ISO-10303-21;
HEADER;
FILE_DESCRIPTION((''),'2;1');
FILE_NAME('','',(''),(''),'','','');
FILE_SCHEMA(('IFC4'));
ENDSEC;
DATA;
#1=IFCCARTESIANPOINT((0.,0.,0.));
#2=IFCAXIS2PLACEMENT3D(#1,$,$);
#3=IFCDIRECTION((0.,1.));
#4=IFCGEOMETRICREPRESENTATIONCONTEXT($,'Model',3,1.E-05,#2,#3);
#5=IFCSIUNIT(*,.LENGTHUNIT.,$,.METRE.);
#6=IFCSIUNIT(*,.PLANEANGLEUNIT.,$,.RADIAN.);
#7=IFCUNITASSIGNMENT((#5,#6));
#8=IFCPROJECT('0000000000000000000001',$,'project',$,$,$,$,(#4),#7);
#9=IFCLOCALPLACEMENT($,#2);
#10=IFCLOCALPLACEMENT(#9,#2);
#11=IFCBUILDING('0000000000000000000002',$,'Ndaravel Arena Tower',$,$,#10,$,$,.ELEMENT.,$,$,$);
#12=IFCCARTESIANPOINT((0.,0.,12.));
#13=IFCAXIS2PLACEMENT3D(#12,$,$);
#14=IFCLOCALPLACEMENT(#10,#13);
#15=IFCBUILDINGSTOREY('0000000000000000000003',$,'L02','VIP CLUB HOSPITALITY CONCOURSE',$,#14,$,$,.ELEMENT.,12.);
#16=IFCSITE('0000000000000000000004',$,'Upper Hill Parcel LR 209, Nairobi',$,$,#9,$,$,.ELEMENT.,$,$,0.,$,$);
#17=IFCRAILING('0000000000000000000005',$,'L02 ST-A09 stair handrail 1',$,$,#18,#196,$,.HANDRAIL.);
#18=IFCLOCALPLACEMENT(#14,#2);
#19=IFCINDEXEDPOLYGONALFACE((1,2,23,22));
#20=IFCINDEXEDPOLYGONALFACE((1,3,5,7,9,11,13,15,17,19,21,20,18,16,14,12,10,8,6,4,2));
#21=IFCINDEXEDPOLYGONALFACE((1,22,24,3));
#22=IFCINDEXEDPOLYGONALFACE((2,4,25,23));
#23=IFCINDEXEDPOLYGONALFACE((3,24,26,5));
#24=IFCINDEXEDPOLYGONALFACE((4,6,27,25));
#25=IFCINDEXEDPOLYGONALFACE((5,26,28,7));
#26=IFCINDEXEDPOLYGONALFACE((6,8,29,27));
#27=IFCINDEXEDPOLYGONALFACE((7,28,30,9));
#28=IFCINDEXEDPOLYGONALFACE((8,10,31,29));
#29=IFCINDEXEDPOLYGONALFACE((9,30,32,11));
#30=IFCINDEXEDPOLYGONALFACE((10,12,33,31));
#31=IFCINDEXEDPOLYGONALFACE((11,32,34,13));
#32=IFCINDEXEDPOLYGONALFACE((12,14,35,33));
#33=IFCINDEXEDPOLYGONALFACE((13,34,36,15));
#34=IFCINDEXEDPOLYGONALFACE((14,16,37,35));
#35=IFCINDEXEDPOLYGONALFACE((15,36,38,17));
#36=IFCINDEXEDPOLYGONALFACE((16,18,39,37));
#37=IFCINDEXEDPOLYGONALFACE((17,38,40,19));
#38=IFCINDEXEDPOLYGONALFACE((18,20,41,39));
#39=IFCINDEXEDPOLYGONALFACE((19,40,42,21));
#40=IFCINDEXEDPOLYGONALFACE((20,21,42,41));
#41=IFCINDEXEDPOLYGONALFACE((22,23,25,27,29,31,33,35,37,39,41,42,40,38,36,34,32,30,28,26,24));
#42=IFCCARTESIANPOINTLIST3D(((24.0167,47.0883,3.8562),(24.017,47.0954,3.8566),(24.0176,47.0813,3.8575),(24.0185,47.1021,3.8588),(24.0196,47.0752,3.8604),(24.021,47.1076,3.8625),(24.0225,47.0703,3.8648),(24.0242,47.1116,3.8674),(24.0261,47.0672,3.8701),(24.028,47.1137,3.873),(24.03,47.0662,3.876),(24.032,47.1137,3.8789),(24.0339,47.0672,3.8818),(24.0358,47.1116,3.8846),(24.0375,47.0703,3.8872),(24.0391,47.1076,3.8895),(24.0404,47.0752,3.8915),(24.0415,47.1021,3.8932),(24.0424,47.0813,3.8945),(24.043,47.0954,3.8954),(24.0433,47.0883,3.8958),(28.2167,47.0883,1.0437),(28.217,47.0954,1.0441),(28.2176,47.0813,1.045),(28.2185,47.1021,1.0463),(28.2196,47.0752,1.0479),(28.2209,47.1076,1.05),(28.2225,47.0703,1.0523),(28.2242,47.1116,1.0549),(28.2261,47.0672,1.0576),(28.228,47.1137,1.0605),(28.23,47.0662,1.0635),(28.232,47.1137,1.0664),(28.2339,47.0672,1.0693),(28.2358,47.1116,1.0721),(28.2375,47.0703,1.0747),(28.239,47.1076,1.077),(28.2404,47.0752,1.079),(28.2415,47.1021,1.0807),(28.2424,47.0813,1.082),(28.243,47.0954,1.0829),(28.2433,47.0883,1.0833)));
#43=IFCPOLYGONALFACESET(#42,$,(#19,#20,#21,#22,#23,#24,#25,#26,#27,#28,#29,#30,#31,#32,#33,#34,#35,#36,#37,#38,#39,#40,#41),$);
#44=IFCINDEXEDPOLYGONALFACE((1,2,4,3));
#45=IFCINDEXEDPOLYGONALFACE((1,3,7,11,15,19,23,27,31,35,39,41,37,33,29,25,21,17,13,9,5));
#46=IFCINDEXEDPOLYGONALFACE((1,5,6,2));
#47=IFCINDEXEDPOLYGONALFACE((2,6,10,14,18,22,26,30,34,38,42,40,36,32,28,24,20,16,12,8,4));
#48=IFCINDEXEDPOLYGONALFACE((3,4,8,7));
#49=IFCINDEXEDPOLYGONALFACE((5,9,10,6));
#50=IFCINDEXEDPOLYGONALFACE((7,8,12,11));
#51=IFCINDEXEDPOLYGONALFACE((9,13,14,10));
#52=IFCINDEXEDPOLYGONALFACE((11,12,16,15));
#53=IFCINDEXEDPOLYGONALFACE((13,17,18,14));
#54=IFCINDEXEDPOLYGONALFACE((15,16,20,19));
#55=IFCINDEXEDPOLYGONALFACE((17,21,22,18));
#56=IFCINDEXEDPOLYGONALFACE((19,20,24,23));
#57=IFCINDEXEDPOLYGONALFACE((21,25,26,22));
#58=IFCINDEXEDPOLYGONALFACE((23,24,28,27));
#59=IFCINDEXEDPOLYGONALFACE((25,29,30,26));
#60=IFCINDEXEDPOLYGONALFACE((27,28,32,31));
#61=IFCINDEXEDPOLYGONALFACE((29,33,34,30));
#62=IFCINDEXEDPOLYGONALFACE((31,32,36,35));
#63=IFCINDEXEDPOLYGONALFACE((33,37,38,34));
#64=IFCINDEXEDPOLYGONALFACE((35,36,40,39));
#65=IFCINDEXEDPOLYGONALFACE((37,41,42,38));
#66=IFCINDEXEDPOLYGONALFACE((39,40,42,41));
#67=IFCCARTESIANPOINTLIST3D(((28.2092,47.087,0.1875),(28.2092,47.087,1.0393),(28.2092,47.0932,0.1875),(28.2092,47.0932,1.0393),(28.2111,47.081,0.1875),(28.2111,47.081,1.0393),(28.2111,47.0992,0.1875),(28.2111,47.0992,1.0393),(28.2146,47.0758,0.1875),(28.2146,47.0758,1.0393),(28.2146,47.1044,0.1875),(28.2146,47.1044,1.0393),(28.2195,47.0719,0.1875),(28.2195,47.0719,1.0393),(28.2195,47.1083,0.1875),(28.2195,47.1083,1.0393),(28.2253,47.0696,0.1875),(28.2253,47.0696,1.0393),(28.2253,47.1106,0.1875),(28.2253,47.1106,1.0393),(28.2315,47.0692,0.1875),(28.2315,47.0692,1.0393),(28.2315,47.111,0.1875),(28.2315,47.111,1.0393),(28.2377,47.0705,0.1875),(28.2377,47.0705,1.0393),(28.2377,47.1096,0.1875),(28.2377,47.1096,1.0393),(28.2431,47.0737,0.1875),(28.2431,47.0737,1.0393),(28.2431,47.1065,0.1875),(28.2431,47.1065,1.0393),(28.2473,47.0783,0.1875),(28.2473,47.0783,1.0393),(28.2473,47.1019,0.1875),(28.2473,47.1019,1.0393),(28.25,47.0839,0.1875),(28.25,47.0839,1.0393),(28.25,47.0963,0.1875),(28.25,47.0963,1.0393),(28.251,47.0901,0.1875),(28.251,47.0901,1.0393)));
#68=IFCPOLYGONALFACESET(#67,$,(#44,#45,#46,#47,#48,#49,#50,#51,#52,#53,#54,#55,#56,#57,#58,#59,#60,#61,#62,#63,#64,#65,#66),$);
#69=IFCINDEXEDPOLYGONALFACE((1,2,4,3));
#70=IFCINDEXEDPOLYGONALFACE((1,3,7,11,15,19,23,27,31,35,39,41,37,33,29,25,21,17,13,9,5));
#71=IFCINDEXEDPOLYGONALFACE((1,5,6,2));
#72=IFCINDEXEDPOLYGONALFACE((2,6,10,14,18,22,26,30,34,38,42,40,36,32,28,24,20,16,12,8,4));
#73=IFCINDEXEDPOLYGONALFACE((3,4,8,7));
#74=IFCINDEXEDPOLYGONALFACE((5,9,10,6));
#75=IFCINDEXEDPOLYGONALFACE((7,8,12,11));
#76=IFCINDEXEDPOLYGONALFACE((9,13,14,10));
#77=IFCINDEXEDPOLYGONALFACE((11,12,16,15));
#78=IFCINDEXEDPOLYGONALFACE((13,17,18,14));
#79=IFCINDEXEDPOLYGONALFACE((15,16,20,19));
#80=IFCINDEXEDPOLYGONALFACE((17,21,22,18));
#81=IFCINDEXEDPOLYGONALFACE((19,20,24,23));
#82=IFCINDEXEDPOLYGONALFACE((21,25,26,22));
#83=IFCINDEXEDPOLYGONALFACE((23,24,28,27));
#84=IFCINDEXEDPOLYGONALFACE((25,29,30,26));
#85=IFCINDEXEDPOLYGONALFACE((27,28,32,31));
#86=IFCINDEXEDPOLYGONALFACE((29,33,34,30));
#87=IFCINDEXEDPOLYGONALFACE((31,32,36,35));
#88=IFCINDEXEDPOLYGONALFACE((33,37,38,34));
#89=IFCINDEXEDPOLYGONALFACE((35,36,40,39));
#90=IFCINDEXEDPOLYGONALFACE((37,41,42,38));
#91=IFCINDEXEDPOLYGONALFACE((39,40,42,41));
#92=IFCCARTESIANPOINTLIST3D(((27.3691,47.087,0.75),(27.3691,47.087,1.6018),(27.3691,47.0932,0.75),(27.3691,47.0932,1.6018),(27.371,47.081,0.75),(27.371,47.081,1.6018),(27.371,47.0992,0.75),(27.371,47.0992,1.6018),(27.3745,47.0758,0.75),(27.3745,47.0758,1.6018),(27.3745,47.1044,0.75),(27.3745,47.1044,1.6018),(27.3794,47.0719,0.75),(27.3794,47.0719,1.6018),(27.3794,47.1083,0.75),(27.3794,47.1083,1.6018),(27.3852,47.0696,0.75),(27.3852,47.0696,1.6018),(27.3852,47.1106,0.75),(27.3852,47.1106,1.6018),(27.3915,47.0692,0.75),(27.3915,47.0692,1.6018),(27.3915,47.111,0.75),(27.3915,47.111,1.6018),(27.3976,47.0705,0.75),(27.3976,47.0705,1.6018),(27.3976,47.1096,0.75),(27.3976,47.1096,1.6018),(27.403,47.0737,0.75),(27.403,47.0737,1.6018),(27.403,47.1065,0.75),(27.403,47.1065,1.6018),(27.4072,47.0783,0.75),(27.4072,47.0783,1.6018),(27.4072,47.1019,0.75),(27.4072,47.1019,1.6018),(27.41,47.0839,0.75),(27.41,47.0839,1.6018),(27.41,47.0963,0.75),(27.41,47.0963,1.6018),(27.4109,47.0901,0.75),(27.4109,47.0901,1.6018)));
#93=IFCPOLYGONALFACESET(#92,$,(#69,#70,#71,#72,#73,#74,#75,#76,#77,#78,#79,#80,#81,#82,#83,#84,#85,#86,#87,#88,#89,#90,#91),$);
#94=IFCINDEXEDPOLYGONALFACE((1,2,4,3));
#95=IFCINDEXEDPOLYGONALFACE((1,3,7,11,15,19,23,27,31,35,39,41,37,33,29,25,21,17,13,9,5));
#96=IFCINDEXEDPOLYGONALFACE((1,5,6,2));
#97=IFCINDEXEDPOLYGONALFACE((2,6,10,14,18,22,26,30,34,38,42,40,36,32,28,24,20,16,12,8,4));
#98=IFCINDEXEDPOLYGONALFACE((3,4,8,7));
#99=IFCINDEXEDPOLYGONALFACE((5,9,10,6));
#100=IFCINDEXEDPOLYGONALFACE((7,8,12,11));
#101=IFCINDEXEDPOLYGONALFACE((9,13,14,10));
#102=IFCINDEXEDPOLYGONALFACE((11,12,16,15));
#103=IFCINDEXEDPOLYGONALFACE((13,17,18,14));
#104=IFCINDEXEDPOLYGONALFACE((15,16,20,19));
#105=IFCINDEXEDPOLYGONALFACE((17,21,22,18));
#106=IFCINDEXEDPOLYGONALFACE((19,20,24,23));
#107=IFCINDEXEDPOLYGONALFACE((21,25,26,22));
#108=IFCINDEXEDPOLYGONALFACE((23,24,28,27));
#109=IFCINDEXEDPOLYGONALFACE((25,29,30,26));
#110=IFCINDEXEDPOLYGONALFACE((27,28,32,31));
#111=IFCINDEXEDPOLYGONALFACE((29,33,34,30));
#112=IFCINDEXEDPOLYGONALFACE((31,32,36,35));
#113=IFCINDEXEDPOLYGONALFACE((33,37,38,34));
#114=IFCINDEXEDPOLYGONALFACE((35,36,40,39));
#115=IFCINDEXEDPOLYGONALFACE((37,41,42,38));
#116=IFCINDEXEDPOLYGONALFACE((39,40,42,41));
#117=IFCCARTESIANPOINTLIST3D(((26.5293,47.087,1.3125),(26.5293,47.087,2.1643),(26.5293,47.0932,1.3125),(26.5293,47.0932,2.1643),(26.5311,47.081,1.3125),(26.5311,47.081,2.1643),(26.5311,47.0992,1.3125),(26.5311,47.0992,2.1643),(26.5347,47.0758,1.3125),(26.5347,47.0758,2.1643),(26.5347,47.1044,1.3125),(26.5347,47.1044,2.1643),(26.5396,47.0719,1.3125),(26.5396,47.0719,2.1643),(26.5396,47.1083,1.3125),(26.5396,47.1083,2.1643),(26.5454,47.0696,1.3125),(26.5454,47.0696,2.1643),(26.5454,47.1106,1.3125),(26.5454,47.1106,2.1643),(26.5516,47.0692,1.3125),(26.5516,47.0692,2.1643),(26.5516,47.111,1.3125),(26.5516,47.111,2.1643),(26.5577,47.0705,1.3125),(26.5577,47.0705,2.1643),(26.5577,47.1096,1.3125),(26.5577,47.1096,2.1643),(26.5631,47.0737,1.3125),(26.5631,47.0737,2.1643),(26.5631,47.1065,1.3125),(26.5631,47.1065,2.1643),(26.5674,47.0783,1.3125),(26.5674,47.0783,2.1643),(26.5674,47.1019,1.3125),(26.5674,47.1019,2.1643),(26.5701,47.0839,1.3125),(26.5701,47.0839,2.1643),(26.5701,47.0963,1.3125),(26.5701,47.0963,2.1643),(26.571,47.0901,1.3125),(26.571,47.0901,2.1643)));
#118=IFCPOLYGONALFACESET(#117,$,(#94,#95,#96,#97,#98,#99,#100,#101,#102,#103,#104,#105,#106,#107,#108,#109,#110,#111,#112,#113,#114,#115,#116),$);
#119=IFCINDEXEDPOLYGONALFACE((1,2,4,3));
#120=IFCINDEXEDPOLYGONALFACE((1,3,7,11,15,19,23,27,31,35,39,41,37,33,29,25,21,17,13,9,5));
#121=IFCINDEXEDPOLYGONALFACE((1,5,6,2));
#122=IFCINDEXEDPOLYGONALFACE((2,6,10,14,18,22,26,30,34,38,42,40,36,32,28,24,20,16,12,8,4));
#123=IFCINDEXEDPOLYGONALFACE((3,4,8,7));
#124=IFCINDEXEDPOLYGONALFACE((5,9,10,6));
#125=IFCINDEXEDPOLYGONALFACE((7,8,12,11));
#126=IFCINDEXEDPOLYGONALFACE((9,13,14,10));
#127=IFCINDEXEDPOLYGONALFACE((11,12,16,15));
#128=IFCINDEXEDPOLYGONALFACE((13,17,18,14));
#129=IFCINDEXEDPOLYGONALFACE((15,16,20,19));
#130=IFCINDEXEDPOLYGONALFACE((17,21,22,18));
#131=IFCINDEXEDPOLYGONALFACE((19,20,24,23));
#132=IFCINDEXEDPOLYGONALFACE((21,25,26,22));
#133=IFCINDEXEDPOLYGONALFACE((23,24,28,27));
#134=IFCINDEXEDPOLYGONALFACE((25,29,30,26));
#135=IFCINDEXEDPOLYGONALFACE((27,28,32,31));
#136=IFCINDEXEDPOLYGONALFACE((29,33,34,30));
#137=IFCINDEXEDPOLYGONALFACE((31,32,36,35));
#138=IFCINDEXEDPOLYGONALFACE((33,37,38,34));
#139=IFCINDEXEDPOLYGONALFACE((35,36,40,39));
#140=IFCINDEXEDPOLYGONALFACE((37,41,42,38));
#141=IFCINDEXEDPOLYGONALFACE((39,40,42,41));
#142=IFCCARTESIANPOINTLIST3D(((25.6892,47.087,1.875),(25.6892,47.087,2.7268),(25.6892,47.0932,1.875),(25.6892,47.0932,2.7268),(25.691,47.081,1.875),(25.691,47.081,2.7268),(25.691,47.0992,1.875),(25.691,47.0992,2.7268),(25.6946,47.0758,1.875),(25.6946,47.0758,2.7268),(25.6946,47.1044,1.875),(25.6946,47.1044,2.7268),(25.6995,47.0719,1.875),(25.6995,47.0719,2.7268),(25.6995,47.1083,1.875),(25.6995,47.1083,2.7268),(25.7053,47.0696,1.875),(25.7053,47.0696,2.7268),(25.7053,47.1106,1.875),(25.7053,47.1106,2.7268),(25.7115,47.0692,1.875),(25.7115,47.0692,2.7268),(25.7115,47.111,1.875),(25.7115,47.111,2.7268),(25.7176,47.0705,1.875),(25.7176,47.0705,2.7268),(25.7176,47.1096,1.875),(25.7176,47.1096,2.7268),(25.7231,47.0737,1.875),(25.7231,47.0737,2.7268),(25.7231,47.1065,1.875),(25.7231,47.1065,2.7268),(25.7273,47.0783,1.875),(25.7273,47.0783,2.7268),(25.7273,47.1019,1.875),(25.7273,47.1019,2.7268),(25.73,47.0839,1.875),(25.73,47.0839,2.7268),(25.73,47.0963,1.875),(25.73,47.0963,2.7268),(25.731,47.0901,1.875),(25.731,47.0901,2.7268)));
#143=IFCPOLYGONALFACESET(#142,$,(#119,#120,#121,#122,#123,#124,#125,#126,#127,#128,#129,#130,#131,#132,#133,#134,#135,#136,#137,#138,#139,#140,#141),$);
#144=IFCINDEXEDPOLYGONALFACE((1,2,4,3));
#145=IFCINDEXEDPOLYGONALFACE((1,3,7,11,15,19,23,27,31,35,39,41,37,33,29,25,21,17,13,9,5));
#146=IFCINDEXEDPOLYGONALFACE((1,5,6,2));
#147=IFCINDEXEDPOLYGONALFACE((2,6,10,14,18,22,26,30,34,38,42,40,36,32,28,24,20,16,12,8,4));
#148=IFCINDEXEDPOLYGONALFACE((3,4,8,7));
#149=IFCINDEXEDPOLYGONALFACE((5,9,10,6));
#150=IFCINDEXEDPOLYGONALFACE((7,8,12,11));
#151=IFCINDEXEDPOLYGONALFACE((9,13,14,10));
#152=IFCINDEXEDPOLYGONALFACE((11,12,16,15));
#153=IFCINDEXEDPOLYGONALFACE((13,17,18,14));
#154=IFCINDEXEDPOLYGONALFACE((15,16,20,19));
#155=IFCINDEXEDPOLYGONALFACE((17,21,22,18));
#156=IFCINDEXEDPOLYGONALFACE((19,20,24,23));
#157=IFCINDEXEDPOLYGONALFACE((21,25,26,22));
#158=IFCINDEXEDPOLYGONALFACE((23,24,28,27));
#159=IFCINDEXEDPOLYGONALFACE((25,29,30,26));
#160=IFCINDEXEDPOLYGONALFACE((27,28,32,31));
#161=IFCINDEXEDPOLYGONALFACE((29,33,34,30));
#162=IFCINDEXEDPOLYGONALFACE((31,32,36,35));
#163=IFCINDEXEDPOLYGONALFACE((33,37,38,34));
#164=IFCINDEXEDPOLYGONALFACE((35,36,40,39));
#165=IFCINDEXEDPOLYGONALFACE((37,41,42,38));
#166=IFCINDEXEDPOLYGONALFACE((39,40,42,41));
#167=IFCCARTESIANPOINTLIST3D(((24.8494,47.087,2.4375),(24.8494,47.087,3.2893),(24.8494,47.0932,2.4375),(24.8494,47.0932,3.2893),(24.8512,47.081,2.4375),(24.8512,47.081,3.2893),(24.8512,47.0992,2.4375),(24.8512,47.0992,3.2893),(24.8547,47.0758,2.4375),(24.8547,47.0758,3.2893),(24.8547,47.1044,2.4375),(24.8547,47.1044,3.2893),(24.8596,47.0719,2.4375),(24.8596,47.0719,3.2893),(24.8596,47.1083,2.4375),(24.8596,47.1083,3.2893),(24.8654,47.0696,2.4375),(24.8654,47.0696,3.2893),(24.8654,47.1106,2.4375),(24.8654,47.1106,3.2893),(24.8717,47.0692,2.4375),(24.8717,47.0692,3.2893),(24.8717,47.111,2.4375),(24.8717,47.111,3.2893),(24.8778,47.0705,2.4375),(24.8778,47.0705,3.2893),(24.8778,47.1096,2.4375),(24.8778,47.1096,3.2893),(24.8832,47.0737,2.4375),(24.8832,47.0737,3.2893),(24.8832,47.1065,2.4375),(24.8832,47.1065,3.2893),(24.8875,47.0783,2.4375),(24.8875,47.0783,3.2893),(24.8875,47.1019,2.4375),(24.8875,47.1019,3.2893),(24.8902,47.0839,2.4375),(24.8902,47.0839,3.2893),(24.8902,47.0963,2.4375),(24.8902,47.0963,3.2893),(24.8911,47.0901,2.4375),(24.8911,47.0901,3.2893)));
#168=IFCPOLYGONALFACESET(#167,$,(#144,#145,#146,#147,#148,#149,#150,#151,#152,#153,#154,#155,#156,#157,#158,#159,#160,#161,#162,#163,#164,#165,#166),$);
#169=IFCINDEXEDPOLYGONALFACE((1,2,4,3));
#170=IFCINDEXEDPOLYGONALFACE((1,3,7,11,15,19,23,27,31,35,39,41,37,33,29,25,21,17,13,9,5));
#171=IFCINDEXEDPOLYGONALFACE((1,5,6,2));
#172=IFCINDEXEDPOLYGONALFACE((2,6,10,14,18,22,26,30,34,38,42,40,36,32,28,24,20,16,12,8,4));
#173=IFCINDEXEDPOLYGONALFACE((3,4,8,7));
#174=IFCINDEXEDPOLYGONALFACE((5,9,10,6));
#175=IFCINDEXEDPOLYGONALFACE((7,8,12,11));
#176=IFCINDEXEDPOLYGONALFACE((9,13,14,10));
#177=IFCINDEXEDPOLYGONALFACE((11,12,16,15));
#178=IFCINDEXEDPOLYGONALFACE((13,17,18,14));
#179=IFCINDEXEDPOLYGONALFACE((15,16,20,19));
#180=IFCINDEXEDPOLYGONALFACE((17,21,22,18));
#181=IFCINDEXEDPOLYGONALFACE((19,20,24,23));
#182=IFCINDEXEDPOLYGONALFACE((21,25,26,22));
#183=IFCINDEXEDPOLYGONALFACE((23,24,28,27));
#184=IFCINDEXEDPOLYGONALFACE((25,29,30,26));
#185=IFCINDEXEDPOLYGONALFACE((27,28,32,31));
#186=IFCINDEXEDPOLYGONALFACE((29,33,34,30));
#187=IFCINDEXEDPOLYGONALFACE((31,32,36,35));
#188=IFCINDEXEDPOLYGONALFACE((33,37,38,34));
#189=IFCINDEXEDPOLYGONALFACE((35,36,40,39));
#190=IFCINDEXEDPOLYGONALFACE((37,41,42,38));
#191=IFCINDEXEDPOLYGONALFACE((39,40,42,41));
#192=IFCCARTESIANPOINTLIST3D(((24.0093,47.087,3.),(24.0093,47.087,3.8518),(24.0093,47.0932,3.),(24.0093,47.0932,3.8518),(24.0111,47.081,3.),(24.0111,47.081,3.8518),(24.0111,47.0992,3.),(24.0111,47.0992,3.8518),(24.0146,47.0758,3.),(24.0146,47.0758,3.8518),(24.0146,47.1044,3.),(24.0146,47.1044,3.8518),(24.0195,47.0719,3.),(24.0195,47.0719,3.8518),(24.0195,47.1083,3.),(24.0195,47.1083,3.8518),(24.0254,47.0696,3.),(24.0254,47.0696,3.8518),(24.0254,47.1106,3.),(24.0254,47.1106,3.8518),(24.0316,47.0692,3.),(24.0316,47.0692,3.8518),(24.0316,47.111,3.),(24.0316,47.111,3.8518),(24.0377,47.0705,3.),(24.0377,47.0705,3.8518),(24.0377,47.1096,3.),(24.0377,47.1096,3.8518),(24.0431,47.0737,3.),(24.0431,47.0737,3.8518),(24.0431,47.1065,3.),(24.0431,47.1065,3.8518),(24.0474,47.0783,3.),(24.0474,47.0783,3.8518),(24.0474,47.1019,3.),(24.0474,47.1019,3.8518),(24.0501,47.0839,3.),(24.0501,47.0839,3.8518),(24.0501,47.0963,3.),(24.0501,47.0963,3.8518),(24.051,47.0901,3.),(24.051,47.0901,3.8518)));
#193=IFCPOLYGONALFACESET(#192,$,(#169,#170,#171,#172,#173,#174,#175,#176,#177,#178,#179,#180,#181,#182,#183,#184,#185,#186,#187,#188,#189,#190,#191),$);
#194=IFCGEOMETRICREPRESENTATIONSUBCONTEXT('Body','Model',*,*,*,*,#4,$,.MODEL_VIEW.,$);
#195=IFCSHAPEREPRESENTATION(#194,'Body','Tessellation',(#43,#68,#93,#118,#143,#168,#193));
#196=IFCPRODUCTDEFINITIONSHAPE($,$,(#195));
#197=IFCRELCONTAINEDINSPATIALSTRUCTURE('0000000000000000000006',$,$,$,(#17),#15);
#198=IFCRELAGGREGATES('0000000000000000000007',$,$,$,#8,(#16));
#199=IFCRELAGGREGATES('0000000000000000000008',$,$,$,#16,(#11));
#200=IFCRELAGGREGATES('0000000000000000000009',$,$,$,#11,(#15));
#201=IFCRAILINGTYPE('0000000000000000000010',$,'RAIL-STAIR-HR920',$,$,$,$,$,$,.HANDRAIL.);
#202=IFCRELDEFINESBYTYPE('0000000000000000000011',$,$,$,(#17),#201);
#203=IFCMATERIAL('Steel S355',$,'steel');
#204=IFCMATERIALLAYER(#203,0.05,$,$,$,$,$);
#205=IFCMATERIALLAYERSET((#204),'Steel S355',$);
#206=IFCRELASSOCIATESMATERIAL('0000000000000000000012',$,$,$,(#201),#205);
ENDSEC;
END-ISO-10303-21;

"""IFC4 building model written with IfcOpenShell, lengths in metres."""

from ifc_helpers import new_model, si_unit, direction, frame, origin, origin_2d, place, context, subcontext, project, spatial, circle, extrude, material, layer, layer_set, type_object, element, save


model = new_model("IFC4")

# Units and contexts
model_context = context("Model", 3, precision=1e-05, world=origin(), true_north=direction((0.0, 1.0)))
body_context = subcontext(model_context, "Body", "Model", "MODEL_VIEW")
ifc_project = project(units=[si_unit("LENGTHUNIT", "METRE"), si_unit("PLANEANGLEUNIT", "RADIAN")], contexts=[model_context])

# Site, building, storey
site_placement = place(None, origin())
site = spatial("IfcSite", under=ifc_project, at=site_placement, Name="Upper Hill Parcel LR 209, Nairobi", CompositionType="ELEMENT", RefElevation=0.0)
building_placement = place(site_placement, origin())
building = spatial("IfcBuilding", under=site, at=building_placement, Name="Ndaravel Arena Tower", CompositionType="ELEMENT")
storey_placement = place(building_placement, frame((0.0, 0.0, 12.0)))
storey = spatial("IfcBuildingStorey", under=building, at=storey_placement, Name="L02", Description="VIP CLUB HOSPITALITY CONCOURSE", CompositionType="ELEMENT", Elevation=12.0)

# Railing
ifc_material_1 = material(Name="Steel S355", Category="steel")
ifc_layer_1 = layer(ifc_material_1, 0.05)
ifc_layer_set_1 = layer_set([ifc_layer_1], Name="Steel S355")
railing_type_1 = type_object("IfcRailingType", Name="RAIL-STAIR-HR920", PredefinedType="HANDRAIL", material=ifc_layer_set_1)
railing_1_placement = place(storey_placement, frame((28.23, 47.0901, 0.1875)))
element("IfcRailing", 1, at=railing_1_placement, inside=storey, type_object=railing_type_1, Name="L02 ST-A09 stair handrail 1", PredefinedType="HANDRAIL", context=body_context, shape_type="SweptSolid", body=[
    extrude(circle(Radius=0.0239, at=origin_2d()), frame((0.0, 0.0, 0.876), z_axis=(-0.830904, 0.0, 0.556416), x_axis=(0.0, -1.0, 0.0)), (0.0, 0.0, 1.0), 5.0547),
    extrude(circle(Radius=0.021, at=origin_2d()), origin(), (0.0, 0.0, 1.0), 0.8518),
    extrude(circle(Radius=0.021, at=origin_2d()), frame((-0.8401, 0.0, 0.5625)), (0.0, 0.0, 1.0), 0.8518),
    extrude(circle(Radius=0.021, at=origin_2d()), frame((-1.6799, 0.0, 1.125)), (0.0, 0.0, 1.0), 0.8518),
    extrude(circle(Radius=0.021, at=origin_2d()), frame((-2.52, 0.0, 1.6875)), (0.0, 0.0, 1.0), 0.8518),
    extrude(circle(Radius=0.021, at=origin_2d()), frame((-3.3599, 0.0, 2.25)), (0.0, 0.0, 1.0), 0.8518),
    extrude(circle(Radius=0.021, at=origin_2d()), frame((-4.2, 0.0, 2.8125)), (0.0, 0.0, 1.0), 0.8518),
])

save(model, "model.ifc")
